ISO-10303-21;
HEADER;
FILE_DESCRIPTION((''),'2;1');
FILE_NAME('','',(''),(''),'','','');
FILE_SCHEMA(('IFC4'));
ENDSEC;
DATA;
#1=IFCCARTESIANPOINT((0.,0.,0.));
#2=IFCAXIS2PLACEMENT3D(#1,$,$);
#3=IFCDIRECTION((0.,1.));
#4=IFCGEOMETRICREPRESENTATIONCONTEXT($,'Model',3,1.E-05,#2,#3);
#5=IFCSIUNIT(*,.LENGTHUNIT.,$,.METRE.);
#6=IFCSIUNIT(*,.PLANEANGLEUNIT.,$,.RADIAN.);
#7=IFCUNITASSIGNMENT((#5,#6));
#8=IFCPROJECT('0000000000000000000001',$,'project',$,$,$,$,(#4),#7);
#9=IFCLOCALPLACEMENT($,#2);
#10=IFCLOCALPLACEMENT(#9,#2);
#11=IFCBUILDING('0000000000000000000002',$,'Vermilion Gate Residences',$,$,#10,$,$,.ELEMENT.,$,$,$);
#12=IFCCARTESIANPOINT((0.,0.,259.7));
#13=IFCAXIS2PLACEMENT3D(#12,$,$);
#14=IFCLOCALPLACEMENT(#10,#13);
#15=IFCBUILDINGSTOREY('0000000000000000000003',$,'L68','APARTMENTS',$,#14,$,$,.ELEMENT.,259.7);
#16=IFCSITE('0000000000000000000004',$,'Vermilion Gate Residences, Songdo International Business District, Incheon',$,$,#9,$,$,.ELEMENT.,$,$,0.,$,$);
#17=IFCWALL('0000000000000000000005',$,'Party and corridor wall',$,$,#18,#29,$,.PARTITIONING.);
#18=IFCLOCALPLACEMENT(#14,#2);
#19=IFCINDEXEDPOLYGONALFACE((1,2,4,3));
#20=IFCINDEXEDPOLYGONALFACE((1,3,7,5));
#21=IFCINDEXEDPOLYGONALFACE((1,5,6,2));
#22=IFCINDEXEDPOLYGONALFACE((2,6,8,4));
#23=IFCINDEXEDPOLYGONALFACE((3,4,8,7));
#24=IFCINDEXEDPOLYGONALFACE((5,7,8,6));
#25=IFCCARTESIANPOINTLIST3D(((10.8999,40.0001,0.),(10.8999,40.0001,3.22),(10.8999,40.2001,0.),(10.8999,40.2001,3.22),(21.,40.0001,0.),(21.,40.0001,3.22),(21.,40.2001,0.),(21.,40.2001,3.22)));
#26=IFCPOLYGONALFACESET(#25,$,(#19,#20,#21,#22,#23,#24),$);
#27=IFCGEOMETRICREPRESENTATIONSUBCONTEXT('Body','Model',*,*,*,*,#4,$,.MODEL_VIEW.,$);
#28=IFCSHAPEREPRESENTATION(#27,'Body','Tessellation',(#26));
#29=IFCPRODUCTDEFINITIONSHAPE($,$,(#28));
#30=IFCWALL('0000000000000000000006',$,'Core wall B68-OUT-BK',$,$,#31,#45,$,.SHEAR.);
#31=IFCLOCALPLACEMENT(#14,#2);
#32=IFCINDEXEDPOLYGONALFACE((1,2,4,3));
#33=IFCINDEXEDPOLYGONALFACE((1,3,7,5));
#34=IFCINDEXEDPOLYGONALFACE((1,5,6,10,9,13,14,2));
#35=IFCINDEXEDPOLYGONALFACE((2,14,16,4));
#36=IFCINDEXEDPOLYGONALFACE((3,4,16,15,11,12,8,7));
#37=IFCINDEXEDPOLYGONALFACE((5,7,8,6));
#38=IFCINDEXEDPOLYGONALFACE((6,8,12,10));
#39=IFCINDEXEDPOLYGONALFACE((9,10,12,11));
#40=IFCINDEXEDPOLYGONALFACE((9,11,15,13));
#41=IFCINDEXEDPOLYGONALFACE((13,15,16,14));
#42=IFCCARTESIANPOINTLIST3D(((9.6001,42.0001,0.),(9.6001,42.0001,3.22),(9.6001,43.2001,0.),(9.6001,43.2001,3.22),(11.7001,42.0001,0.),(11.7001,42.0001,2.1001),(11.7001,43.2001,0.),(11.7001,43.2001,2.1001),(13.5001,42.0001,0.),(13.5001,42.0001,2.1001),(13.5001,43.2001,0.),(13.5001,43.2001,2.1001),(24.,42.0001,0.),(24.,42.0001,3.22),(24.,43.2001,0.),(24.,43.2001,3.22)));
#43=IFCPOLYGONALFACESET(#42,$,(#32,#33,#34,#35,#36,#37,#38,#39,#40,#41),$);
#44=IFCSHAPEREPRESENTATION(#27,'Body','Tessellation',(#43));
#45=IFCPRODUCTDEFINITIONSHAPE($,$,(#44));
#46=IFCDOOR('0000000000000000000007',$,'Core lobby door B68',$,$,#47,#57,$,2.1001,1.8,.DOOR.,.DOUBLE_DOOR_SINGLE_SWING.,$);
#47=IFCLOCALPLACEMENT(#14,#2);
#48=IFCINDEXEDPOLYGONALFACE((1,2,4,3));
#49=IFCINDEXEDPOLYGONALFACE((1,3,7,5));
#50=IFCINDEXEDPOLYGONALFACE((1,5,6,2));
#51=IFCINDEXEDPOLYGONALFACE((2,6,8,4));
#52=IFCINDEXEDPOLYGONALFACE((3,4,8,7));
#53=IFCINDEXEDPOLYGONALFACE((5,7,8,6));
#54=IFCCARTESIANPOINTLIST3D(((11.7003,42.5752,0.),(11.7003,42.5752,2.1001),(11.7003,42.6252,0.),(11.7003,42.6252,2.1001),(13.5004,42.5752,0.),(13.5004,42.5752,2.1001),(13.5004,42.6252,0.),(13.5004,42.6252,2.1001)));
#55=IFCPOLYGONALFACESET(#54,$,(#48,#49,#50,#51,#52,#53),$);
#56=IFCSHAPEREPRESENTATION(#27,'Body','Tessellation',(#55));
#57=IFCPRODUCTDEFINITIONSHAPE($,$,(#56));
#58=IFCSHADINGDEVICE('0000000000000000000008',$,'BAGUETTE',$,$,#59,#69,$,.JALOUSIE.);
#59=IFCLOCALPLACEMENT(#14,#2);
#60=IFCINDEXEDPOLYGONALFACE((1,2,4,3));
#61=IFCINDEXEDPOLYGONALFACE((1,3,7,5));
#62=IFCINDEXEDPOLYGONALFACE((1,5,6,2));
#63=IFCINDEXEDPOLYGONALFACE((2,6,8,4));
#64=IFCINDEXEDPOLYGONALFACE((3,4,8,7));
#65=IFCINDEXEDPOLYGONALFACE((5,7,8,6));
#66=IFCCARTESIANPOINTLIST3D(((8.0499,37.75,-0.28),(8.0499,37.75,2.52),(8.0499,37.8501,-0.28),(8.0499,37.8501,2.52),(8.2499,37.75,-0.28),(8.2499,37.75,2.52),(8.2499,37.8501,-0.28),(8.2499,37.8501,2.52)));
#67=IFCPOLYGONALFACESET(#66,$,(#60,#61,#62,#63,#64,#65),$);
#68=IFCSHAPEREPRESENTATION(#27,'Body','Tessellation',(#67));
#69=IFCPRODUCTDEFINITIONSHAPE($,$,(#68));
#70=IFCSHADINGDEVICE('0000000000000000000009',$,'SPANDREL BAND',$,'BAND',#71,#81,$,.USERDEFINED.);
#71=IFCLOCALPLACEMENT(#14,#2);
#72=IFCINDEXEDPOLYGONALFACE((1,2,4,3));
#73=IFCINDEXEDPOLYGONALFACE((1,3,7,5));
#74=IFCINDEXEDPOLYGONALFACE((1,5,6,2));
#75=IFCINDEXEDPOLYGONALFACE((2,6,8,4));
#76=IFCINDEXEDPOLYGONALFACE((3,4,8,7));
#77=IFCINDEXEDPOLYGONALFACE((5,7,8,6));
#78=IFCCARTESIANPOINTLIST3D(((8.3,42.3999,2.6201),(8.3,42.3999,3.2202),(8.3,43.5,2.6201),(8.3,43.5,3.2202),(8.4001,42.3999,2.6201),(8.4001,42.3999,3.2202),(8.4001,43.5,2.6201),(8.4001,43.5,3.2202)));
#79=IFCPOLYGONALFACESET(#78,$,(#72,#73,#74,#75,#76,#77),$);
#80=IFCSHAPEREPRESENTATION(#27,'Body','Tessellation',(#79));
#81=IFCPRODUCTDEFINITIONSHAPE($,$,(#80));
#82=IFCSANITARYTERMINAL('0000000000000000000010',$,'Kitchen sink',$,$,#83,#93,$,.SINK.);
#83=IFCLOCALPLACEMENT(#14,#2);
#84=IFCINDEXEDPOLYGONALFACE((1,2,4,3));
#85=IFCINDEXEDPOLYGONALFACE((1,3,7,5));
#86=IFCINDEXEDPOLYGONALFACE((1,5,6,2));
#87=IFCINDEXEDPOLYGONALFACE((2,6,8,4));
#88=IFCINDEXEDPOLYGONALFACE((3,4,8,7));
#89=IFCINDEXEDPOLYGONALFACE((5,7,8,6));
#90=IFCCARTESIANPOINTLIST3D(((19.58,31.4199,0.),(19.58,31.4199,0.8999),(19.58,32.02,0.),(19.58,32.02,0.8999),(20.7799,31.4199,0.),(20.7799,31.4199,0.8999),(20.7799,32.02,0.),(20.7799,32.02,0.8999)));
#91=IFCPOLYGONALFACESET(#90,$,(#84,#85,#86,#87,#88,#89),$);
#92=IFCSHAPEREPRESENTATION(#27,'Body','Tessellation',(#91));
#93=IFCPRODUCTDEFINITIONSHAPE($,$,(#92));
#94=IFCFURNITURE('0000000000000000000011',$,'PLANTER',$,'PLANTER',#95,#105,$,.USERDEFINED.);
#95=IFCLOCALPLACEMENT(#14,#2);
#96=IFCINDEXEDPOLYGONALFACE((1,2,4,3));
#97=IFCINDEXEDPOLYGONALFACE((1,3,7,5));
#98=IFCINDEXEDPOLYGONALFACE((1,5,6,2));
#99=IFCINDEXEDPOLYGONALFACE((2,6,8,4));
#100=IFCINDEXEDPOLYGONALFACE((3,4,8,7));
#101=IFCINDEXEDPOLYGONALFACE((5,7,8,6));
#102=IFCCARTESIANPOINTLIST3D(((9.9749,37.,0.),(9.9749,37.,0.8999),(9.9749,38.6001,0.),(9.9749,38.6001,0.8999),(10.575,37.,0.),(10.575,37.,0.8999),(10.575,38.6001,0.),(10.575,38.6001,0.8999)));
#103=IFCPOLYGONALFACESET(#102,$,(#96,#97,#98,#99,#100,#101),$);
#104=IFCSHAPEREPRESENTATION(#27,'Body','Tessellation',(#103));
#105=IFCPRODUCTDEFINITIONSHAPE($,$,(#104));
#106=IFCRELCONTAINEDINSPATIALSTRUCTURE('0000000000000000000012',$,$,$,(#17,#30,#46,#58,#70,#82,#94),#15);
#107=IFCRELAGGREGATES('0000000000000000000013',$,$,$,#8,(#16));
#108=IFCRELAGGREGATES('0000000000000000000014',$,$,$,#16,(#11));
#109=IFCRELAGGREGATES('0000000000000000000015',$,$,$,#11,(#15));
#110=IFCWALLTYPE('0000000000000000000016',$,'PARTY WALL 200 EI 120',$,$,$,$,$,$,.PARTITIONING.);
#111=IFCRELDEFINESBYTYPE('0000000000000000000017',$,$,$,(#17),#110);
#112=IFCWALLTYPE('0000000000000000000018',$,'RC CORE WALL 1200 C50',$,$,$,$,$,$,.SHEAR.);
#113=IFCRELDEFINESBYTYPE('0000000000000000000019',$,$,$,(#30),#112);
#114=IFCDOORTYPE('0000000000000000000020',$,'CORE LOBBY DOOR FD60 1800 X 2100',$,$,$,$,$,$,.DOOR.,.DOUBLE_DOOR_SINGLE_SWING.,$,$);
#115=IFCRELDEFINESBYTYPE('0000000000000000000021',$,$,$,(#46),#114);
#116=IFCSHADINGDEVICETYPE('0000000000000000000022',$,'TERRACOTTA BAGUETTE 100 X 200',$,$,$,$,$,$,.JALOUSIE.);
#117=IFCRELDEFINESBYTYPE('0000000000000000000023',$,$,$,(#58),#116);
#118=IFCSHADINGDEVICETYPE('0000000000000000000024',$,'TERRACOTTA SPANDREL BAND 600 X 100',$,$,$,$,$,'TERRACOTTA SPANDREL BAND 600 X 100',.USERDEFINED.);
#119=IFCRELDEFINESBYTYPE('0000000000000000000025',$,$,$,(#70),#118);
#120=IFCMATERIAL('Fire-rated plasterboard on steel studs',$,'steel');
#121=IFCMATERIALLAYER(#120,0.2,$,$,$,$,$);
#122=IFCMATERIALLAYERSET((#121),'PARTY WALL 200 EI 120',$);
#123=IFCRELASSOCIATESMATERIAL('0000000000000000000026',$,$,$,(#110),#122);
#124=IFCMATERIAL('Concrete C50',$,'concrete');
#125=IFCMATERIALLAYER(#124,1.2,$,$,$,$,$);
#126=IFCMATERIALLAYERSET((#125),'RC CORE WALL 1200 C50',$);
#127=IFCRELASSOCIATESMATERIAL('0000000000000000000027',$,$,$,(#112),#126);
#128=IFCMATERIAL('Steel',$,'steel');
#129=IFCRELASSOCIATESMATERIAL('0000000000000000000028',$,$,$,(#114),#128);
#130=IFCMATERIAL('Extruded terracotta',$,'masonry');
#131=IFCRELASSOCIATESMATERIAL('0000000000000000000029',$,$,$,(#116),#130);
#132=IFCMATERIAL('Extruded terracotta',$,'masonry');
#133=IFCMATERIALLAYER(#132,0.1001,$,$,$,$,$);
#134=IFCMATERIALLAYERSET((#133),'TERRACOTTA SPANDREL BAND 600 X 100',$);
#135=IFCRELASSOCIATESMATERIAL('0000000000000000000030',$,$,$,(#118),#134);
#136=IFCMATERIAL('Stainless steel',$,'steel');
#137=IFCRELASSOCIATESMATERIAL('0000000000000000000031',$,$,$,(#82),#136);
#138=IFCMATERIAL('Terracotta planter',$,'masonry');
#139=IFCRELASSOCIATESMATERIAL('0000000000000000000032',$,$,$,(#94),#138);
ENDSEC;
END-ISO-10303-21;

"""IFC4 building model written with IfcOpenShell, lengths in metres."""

from ifc_helpers import new_model, si_unit, direction, frame, frame_2d, origin, origin_2d, place, context, subcontext, project, spatial, rectangle, extrude, material, layer, layer_set, material_profile, profile_set, type_object, element, fill, save


model = new_model("IFC4")

# Units and contexts
model_context = context("Model", 3, precision=1e-05, world=origin(), true_north=direction((0.0, 1.0)))
body_context = subcontext(model_context, "Body", "Model", "MODEL_VIEW")
ifc_project = project(units=[si_unit("LENGTHUNIT", "METRE"), si_unit("PLANEANGLEUNIT", "RADIAN")], contexts=[model_context])

# Site, building, storey
site_placement = place(None, origin())
site = spatial("IfcSite", under=ifc_project, at=site_placement, Name="Vermilion Gate Residences, Songdo International Business District, Incheon", CompositionType="ELEMENT", RefElevation=0.0)
building_placement = place(site_placement, origin())
building = spatial("IfcBuilding", under=site, at=building_placement, Name="Vermilion Gate Residences", CompositionType="ELEMENT")
storey_placement = place(building_placement, frame((0.0, 0.0, 259.7)))
storey = spatial("IfcBuildingStorey", under=building, at=storey_placement, Name="L68", Description="APARTMENTS", CompositionType="ELEMENT", Elevation=259.7)

# Wall
ifc_material_1 = material(Name="Fire-rated plasterboard on steel studs", Category="steel")
ifc_layer_1 = layer(ifc_material_1, 0.2)
ifc_layer_set_1 = layer_set([ifc_layer_1], Name="PARTY WALL 200 EI 120")
wall_type_1 = type_object("IfcWallType", Name="PARTY WALL 200 EI 120", PredefinedType="PARTITIONING", material=ifc_layer_set_1)
wall_1_placement = place(storey_placement, frame((10.8999, 40.1001, 0.0), z_axis=(0.0, 0.0, 1.0), x_axis=(1.0, 0.0, 0.0)))
element("IfcWall", 1, at=wall_1_placement, inside=storey, type_object=wall_type_1, Name="Party and corridor wall", PredefinedType="PARTITIONING", context=body_context, shape_type="SweptSolid", body=[
    extrude(rectangle(XDim=10.1001, YDim=0.2, at=frame_2d((5.05, 0.0))), origin(), (0.0, 0.0, 1.0), 3.22),
])

# Wall, opening, door
ifc_material_2 = material(Name="Concrete C50", Category="concrete")
ifc_layer_2 = layer(ifc_material_2, 1.2)
ifc_layer_set_2 = layer_set([ifc_layer_2], Name="RC CORE WALL 1200 C50")
wall_type_2 = type_object("IfcWallType", Name="RC CORE WALL 1200 C50", PredefinedType="SHEAR", material=ifc_layer_set_2)
wall_2_placement = place(storey_placement, frame((9.6001, 42.6001, 0.0), z_axis=(0.0, 0.0, 1.0), x_axis=(1.0, 0.0, 0.0)))
wall_2 = element("IfcWall", 2, at=wall_2_placement, inside=storey, type_object=wall_type_2, Name="Core wall B68-OUT-BK", PredefinedType="SHEAR", context=body_context, shape_type="SweptSolid", body=[
    extrude(rectangle(XDim=14.3999, YDim=1.2, at=frame_2d((7.2, 0.0))), origin(), (0.0, 0.0, 1.0), 3.22),
])
opening_1_placement = place(wall_2_placement, frame((2.1001, 0.0, 0.0)))
opening_1 = element("IfcOpeningElement", 3, at=opening_1_placement, cuts=wall_2, PredefinedType="OPENING", context=body_context, shape_type="SweptSolid", body=[
    extrude(rectangle(XDim=1.8, YDim=2.1001, at=frame_2d((0.8999, 1.05))), frame((0.0, 0.6099, 0.0), z_axis=(0.0, -1.0, 0.0), x_axis=(1.0, 0.0, 0.0)), (0.0, 0.0, 1.0), 1.22),
])
ifc_material_3 = material(Name="Steel", Category="steel")
door_type_1 = type_object("IfcDoorType", Name="CORE LOBBY DOOR FD60 1800 X 2100", OperationType="DOUBLE_DOOR_SINGLE_SWING", PredefinedType="DOOR", material=ifc_material_3)
door_1_placement = place(opening_1_placement, frame((1.8, 0.0, 0.0), z_axis=(0.0, 0.0, 1.0), x_axis=(-1.0, 0.0, 0.0)))
door_1 = element("IfcDoor", 4, at=door_1_placement, inside=storey, type_object=door_type_1, Name="Core lobby door B68", OperationType="DOUBLE_DOOR_SINGLE_SWING", OverallHeight=2.1001, OverallWidth=1.8, PredefinedType="DOOR", context=body_context, shape_type="SweptSolid", body=[
    extrude(rectangle(XDim=1.8, YDim=2.1001, at=frame_2d((0.8999, 1.05))), frame((0.0, 0.0249, 0.0), z_axis=(0.0, -1.0, 0.0), x_axis=(1.0, 0.0, 0.0)), (0.0, 0.0, 1.0), 0.05),
])
fill(opening_1, door_1)

# Shading devices
ifc_material_4 = material(Name="Extruded terracotta", Category="masonry")
ifc_material_profile_1 = material_profile(ifc_material_4, rectangle(XDim=0.2, YDim=0.1001, at=origin_2d()), Name="BAGUETTE 100 X 200")
ifc_profile_set_1 = profile_set([ifc_material_profile_1], Name="Extruded terracotta")
shading_device_type_1 = type_object("IfcShadingDeviceType", Name="TERRACOTTA BAGUETTE 100 X 200", PredefinedType="JALOUSIE", material=ifc_profile_set_1)
shading_device_1_placement = place(storey_placement, frame((8.1499, 37.8, -0.28), z_axis=(0.0, 0.0, 1.0), x_axis=(1.0, 0.0, 0.0)))
element("IfcShadingDevice", 5, at=shading_device_1_placement, inside=storey, type_object=shading_device_type_1, Name="BAGUETTE", PredefinedType="JALOUSIE", context=body_context, shape_type="SweptSolid", body=[
    extrude(rectangle(XDim=0.2, YDim=0.1001, at=origin_2d()), origin(), (0.0, 0.0, 1.0), 2.8),
])
ifc_material_5 = material(Name="Extruded terracotta", Category="masonry")
ifc_layer_3 = layer(ifc_material_5, 0.1001)
ifc_layer_set_3 = layer_set([ifc_layer_3], Name="TERRACOTTA SPANDREL BAND 600 X 100")
shading_device_type_2 = type_object("IfcShadingDeviceType", Name="TERRACOTTA SPANDREL BAND 600 X 100", ElementType="TERRACOTTA SPANDREL BAND 600 X 100", PredefinedType="USERDEFINED", material=ifc_layer_set_3)
shading_device_2_placement = place(storey_placement, frame((8.3501, 42.95, 2.6201), z_axis=(0.0, 0.0, 1.0), x_axis=(0.0, 1.0, 0.0)))
element("IfcShadingDevice", 6, at=shading_device_2_placement, inside=storey, type_object=shading_device_type_2, Name="SPANDREL BAND", ObjectType="BAND", PredefinedType="USERDEFINED", context=body_context, shape_type="SweptSolid", body=[
    extrude(rectangle(XDim=1.1001, YDim=0.1001, at=origin_2d()), origin(), (0.0, 0.0, 1.0), 0.6001),
])

# Sanitary terminal
ifc_material_6 = material(Name="Stainless steel", Category="steel")
sanitary_terminal_placement = place(storey_placement, frame((20.1799, 31.72, 0.0), z_axis=(0.0, 0.0, 1.0), x_axis=(1.0, 0.0, 0.0)))
element("IfcSanitaryTerminal", 7, at=sanitary_terminal_placement, inside=storey, material=ifc_material_6, Name="Kitchen sink", PredefinedType="SINK", context=body_context, shape_type="SweptSolid", body=[
    extrude(rectangle(XDim=1.2, YDim=0.6001, at=origin_2d()), origin(), (0.0, 0.0, 1.0), 0.8999),
])

# Furniture
ifc_material_7 = material(Name="Terracotta planter", Category="masonry")
furniture_placement = place(storey_placement, frame((10.2749, 37.8, 0.0), z_axis=(0.0, 0.0, 1.0), x_axis=(0.0, -1.0, 0.0)))
element("IfcFurniture", 8, at=furniture_placement, inside=storey, material=ifc_material_7, Name="PLANTER", ObjectType="PLANTER", PredefinedType="USERDEFINED", context=body_context, shape_type="SweptSolid", body=[
    extrude(rectangle(XDim=1.6001, YDim=0.6001, at=origin_2d()), origin(), (0.0, 0.0, 1.0), 0.8999),
])

save(model, "model.ifc")
